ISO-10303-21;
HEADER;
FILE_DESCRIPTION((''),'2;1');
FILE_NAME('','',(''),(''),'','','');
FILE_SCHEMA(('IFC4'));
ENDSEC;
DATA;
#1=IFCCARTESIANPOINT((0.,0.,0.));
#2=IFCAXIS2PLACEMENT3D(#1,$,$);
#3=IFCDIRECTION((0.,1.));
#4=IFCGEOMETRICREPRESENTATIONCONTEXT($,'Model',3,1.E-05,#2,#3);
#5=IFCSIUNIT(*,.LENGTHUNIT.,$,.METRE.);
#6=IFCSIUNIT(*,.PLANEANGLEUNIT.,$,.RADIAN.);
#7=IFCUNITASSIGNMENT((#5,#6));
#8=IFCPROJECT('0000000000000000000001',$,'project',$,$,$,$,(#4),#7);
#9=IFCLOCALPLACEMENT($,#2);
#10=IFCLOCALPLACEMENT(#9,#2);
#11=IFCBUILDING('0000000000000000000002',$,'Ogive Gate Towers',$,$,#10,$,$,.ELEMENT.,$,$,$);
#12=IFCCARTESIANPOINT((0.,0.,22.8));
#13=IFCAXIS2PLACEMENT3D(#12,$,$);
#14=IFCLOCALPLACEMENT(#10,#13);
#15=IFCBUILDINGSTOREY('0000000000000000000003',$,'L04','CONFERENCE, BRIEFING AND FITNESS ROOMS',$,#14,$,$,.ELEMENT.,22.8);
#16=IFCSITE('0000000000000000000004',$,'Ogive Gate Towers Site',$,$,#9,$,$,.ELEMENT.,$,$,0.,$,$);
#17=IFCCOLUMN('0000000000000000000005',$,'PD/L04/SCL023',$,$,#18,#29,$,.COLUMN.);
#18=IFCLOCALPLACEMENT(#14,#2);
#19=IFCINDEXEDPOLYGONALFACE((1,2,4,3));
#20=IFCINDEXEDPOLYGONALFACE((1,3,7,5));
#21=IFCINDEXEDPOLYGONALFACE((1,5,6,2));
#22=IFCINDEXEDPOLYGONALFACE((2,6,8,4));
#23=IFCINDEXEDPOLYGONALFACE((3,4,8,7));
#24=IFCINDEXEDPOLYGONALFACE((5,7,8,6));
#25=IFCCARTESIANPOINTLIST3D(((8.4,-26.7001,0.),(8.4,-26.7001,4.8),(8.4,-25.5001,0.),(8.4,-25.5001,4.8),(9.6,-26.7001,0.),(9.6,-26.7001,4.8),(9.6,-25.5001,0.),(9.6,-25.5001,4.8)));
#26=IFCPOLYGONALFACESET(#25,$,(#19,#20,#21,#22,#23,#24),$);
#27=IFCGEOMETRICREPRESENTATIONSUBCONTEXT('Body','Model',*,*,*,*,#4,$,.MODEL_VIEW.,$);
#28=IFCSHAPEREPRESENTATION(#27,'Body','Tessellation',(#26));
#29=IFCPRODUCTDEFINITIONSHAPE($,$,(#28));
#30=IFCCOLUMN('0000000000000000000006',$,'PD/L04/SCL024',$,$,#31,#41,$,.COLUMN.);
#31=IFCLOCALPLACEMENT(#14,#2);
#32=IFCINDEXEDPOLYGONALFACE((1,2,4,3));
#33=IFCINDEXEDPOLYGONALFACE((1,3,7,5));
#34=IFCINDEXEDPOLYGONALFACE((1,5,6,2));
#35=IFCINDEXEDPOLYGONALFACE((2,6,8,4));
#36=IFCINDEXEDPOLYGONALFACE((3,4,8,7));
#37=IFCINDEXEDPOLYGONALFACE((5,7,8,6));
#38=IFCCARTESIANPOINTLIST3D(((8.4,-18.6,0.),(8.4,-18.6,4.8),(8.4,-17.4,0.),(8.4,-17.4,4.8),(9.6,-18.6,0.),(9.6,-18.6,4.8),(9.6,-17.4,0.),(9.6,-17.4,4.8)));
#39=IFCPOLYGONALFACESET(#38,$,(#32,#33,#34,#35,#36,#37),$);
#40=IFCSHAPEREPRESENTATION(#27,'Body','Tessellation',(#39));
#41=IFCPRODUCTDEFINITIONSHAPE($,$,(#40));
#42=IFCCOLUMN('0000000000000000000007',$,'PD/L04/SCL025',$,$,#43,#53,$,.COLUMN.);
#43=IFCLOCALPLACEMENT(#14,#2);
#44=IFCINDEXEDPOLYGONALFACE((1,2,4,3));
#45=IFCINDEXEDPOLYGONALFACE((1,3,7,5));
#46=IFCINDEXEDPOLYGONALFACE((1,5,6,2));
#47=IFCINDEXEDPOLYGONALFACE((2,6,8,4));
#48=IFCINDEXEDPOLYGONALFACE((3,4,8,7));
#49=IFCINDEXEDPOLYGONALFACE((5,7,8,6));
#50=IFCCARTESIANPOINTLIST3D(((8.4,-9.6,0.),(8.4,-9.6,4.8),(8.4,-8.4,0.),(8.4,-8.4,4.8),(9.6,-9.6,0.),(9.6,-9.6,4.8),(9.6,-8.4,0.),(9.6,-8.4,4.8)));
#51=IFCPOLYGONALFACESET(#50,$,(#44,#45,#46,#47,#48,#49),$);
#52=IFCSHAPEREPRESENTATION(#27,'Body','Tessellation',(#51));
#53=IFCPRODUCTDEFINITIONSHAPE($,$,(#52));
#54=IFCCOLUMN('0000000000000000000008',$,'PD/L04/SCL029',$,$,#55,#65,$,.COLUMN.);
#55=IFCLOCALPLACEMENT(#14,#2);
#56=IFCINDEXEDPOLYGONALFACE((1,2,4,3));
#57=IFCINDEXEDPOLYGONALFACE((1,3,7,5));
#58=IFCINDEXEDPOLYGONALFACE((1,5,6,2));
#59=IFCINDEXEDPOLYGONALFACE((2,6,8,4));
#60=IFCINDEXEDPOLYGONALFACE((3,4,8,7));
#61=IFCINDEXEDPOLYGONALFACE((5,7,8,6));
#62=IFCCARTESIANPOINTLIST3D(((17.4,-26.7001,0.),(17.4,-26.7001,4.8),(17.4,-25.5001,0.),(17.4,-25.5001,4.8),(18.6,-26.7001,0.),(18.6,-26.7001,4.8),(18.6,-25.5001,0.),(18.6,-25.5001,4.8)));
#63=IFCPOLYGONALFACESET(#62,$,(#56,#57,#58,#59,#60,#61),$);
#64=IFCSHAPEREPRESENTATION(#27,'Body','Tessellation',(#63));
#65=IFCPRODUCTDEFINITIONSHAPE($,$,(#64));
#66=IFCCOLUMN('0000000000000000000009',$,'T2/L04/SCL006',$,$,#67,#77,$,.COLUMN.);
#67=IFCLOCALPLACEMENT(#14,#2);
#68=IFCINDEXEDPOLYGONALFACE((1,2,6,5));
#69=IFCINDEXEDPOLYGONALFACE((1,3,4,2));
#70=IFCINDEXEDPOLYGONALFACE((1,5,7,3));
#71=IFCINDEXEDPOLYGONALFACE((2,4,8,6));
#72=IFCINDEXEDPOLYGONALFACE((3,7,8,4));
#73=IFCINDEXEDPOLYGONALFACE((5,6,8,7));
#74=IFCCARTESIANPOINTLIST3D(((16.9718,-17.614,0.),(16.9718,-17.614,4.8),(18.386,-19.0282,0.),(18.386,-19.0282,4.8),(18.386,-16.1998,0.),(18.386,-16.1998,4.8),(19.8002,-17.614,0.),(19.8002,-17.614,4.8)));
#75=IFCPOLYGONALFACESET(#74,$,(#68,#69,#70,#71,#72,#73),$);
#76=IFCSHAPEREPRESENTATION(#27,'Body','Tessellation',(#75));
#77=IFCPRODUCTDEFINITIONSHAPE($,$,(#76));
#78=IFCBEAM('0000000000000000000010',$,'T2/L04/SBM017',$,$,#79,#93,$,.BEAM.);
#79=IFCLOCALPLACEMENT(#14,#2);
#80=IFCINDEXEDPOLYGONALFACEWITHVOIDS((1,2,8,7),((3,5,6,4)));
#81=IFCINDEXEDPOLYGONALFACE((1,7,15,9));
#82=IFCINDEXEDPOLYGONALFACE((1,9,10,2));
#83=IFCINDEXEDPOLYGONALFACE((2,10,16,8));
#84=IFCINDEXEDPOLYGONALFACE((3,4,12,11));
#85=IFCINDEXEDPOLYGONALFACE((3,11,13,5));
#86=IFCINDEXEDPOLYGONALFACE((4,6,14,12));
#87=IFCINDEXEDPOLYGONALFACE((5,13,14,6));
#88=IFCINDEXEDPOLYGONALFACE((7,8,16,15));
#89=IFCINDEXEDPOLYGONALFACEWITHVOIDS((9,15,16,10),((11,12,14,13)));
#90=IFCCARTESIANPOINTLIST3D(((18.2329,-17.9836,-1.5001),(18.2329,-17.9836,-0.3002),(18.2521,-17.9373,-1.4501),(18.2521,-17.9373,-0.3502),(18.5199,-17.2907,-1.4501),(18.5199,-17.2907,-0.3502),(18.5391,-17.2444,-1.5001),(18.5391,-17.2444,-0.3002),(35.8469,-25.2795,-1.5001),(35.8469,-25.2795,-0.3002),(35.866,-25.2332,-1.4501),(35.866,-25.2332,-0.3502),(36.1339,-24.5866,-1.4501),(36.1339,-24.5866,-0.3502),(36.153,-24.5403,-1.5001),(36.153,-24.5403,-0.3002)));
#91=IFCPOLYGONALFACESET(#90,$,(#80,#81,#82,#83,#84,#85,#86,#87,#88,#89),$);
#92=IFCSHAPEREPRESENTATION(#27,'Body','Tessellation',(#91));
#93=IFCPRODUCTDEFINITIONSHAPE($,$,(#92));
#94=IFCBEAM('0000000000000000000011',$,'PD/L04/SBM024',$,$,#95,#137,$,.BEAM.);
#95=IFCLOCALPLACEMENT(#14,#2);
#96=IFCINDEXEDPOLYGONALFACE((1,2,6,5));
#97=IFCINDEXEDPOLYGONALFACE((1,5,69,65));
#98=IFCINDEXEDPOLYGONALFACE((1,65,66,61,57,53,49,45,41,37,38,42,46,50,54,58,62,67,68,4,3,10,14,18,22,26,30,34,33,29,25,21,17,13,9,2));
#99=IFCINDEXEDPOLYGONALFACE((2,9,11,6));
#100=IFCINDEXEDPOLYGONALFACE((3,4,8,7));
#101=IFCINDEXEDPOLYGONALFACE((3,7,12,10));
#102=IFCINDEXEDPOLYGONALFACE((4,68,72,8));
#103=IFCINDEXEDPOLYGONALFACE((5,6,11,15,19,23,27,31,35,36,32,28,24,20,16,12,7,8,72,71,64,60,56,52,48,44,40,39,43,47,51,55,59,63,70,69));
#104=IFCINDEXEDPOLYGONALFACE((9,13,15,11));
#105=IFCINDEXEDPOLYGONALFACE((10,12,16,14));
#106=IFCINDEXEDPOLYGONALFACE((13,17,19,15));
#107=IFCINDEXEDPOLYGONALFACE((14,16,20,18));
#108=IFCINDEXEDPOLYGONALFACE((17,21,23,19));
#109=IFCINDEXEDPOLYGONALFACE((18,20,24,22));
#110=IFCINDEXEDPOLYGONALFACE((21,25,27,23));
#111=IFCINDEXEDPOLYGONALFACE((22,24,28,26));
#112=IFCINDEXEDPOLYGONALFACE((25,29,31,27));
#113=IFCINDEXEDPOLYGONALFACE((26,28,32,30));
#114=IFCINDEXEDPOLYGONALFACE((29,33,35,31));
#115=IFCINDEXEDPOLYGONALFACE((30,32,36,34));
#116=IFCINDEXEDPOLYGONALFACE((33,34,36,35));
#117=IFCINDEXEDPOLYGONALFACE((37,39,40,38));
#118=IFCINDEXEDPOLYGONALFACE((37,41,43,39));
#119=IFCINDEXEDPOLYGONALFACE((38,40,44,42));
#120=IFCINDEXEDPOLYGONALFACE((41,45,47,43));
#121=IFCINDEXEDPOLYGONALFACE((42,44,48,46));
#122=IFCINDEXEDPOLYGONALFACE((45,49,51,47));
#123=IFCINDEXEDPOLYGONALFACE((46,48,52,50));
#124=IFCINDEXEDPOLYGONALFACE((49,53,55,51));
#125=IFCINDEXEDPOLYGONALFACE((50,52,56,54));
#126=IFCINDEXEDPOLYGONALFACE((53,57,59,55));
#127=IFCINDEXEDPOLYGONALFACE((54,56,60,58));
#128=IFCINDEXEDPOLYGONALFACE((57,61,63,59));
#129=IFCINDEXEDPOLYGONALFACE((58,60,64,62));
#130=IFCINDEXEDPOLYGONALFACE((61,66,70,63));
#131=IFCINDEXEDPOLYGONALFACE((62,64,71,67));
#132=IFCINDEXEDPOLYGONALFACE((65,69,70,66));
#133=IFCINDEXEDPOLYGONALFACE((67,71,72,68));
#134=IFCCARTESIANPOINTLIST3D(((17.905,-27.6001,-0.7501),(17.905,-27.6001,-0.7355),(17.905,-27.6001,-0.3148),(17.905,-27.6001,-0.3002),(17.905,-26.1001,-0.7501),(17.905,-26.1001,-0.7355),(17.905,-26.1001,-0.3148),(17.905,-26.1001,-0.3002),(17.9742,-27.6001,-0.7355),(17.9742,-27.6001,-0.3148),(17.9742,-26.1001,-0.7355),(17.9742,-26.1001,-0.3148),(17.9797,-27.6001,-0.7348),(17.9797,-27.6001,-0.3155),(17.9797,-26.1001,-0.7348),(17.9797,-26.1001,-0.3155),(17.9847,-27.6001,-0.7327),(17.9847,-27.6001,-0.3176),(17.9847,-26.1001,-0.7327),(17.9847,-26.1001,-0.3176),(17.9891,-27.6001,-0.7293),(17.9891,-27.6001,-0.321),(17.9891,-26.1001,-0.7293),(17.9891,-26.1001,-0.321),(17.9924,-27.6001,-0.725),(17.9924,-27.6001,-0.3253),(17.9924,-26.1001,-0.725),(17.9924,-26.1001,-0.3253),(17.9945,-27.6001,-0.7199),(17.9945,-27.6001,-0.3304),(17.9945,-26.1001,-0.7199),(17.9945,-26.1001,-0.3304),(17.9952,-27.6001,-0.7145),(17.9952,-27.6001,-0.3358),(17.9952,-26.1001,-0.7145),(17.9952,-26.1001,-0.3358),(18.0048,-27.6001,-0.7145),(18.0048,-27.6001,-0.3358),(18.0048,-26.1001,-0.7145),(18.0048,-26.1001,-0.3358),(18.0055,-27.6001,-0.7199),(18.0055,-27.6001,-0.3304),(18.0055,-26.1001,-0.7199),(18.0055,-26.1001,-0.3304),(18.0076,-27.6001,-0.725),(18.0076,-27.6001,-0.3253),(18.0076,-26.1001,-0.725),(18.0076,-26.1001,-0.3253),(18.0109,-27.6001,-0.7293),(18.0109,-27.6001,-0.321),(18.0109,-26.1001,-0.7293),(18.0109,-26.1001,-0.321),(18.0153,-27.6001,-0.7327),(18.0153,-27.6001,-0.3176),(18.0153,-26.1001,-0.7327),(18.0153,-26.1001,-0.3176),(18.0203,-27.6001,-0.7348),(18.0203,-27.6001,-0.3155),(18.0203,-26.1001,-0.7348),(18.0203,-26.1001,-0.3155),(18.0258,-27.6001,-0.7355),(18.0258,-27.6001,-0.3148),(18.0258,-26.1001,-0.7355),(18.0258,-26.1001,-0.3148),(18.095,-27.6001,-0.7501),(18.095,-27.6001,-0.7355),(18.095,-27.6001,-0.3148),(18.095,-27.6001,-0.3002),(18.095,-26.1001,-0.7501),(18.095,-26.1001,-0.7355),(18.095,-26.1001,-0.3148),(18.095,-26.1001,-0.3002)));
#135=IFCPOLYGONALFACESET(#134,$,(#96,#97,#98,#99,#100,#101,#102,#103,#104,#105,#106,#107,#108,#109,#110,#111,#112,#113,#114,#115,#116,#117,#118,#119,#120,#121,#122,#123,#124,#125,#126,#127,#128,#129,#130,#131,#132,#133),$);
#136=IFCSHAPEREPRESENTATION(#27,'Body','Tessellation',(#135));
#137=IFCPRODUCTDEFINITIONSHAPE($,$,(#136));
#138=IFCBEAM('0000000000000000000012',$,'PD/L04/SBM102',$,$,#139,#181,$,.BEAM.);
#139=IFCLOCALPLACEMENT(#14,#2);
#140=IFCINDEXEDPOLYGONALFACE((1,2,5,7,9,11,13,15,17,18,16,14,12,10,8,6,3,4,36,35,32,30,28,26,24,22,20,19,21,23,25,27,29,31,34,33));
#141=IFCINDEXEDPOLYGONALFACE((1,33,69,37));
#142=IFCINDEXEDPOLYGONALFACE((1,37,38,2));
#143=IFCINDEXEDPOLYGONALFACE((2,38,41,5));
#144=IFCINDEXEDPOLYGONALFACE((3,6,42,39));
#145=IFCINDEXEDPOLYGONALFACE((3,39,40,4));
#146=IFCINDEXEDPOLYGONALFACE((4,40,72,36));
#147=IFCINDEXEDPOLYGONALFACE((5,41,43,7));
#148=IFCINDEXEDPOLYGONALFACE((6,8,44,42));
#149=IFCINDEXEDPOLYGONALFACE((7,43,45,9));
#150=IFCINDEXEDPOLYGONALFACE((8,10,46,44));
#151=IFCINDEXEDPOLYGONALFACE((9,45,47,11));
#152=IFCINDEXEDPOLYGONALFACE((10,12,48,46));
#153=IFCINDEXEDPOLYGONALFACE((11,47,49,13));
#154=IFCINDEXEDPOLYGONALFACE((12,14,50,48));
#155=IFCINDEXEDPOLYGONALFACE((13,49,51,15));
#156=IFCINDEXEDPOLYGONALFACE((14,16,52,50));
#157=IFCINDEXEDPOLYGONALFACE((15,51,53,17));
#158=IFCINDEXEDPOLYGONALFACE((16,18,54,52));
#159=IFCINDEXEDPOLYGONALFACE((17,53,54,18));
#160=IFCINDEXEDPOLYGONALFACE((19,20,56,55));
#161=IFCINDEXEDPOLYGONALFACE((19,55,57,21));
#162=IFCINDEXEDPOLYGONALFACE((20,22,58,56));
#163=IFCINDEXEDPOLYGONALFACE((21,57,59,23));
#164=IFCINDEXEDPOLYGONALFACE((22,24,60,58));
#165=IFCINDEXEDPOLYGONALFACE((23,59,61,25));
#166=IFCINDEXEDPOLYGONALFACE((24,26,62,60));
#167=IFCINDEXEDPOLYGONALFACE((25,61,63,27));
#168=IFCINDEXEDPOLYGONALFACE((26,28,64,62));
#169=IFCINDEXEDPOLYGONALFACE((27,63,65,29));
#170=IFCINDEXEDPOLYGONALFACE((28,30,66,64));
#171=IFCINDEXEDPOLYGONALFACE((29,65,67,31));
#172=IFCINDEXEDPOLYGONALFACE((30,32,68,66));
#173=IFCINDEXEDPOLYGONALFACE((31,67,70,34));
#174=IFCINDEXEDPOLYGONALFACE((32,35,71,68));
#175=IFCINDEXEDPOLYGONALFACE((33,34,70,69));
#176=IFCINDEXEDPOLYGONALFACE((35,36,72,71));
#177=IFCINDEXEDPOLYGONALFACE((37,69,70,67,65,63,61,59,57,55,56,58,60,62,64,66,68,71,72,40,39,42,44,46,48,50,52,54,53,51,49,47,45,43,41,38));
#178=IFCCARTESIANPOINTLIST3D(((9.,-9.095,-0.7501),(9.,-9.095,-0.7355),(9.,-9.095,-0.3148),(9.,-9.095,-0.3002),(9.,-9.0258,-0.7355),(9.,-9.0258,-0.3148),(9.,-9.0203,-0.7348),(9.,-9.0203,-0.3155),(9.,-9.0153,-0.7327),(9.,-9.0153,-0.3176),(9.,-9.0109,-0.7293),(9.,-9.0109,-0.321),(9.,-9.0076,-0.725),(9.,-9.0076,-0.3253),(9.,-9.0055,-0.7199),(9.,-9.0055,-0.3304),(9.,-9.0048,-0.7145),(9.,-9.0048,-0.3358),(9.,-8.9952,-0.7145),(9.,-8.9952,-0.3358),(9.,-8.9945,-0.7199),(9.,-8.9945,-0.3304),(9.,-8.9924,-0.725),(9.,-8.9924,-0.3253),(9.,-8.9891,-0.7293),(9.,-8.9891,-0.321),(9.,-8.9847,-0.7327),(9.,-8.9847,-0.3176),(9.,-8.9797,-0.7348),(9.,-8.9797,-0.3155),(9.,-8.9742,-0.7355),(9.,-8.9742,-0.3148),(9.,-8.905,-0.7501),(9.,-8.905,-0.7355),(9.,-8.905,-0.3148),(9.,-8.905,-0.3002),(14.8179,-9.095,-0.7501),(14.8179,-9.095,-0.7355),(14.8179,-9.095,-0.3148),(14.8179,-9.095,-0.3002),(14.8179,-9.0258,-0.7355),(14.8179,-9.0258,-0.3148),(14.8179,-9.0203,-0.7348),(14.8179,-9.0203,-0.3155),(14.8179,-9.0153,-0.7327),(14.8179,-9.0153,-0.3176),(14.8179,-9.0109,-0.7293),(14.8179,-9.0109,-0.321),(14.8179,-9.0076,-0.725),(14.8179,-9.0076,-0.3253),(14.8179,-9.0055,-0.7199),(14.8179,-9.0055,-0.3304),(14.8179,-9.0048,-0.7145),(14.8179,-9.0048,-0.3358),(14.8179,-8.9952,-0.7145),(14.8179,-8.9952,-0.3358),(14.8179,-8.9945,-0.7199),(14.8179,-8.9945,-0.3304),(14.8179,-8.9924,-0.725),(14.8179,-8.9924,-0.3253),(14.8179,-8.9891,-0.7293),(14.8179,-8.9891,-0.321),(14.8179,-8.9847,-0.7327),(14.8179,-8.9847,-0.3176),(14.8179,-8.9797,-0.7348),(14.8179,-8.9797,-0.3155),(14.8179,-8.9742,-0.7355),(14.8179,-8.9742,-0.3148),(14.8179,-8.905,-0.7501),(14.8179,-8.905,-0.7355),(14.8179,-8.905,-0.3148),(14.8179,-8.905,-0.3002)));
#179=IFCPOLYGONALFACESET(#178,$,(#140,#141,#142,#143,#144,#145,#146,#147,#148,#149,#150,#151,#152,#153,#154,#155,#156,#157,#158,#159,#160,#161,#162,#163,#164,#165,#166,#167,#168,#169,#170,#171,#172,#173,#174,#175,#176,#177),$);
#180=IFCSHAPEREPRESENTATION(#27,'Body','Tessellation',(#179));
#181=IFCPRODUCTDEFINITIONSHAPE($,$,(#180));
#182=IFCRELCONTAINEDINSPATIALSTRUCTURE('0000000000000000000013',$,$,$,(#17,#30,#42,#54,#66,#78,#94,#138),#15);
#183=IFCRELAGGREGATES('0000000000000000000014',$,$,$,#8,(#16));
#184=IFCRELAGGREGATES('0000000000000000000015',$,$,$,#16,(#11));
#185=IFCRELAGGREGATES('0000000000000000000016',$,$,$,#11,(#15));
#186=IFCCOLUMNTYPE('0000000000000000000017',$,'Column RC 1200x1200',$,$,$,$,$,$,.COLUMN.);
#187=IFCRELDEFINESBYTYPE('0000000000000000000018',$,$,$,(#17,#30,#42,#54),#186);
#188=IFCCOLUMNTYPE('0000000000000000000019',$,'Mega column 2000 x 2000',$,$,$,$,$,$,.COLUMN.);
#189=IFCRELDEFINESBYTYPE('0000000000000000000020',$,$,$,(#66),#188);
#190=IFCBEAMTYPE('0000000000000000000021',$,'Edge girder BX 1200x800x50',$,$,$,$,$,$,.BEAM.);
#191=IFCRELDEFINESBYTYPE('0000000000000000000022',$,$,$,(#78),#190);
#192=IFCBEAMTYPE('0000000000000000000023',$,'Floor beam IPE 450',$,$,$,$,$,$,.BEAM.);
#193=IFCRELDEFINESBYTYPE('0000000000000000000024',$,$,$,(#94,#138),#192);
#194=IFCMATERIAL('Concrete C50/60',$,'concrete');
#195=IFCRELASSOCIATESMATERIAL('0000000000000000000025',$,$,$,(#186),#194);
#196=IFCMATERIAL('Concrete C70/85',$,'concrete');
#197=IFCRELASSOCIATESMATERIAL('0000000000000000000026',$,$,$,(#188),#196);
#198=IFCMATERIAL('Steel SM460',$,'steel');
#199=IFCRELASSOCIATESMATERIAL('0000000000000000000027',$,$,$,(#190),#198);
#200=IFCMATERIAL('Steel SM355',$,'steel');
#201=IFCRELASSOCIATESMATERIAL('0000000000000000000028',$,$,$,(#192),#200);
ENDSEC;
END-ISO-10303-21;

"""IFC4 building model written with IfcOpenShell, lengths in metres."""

from ifc_helpers import new_model, si_unit, direction, frame, origin, origin_2d, place, context, subcontext, project, spatial, rectangle, hollow_rectangle, i_section, extrude, material, material_profile, profile_set, type_object, element, save


model = new_model("IFC4")

# Units and contexts
model_context = context("Model", 3, precision=1e-05, world=origin(), true_north=direction((0.0, 1.0)))
body_context = subcontext(model_context, "Body", "Model", "MODEL_VIEW")
ifc_project = project(units=[si_unit("LENGTHUNIT", "METRE"), si_unit("PLANEANGLEUNIT", "RADIAN")], contexts=[model_context])

# Site, building, storey
site_placement = place(None, origin())
site = spatial("IfcSite", under=ifc_project, at=site_placement, Name="Ogive Gate Towers Site", CompositionType="ELEMENT", RefElevation=0.0)
building_placement = place(site_placement, origin())
building = spatial("IfcBuilding", under=site, at=building_placement, Name="Ogive Gate Towers", CompositionType="ELEMENT")
storey_placement = place(building_placement, frame((0.0, 0.0, 22.8)))
storey = spatial("IfcBuildingStorey", under=building, at=storey_placement, Name="L04", Description="CONFERENCE, BRIEFING AND FITNESS ROOMS", CompositionType="ELEMENT", Elevation=22.8)

# Columns
ifc_material_1 = material(Name="Concrete C50/60", Category="concrete")
ifc_material_profile_1 = material_profile(ifc_material_1, rectangle(XDim=1.2, YDim=1.2, at=origin_2d()), Name="RC 1200x1200")
ifc_profile_set_1 = profile_set([ifc_material_profile_1], Name="Concrete C50/60")
column_type_1 = type_object("IfcColumnType", Name="Column RC 1200x1200", PredefinedType="COLUMN", material=ifc_profile_set_1)
for number, where, z_axis, x_axis, name in (
    (1, (9.0, -26.1001, 0.0), (0.0, 0.0, 1.0), (1.0, 0.0, 0.0), "PD/L04/SCL023"),
    (2, (9.0, -18.0, 0.0), (0.0, 0.0, 1.0), (1.0, 0.0, 0.0), "PD/L04/SCL024"),
    (3, (9.0, -9.0, 0.0), (0.0, 0.0, 1.0), (1.0, 0.0, 0.0), "PD/L04/SCL025"),
    (4, (18.0, -26.1001, 0.0), (0.0, 0.0, 1.0), (1.0, 0.0, 0.0), "PD/L04/SCL029"),
):
    element("IfcColumn", number, at=place(storey_placement, frame(where, z_axis=z_axis, x_axis=x_axis)), inside=storey, type_object=column_type_1, Name=name, PredefinedType="COLUMN", context=body_context, shape_type="SweptSolid", body=[
        extrude(rectangle(XDim=1.2, YDim=1.2, at=origin_2d()), origin(), (0.0, 0.0, 1.0), 4.8),
    ])
ifc_material_2 = material(Name="Concrete C70/85", Category="concrete")
ifc_material_profile_2 = material_profile(ifc_material_2, rectangle(XDim=2.0, YDim=2.0, at=origin_2d()), Name="RC 2000x2000")
ifc_profile_set_2 = profile_set([ifc_material_profile_2], Name="Concrete C70/85")
column_type_2 = type_object("IfcColumnType", Name="Mega column 2000 x 2000", PredefinedType="COLUMN", material=ifc_profile_set_2)
column_placement = place(storey_placement, frame((18.386, -17.614, 0.0), z_axis=(0.0, 0.0, 1.0), x_axis=(-0.707107, -0.707107, 0.0)))
element("IfcColumn", 5, at=column_placement, inside=storey, type_object=column_type_2, Name="T2/L04/SCL006", PredefinedType="COLUMN", context=body_context, shape_type="SweptSolid", body=[
    extrude(rectangle(XDim=2.0, YDim=2.0, at=origin_2d()), origin(), (0.0, 0.0, 1.0), 4.8),
])

# Beams
ifc_material_3 = material(Name="Steel SM460", Category="steel")
ifc_material_profile_3 = material_profile(ifc_material_3, hollow_rectangle(XDim=0.8, YDim=1.2, WallThickness=0.05, at=origin_2d()), Name="BX 1200x800x50")
ifc_profile_set_3 = profile_set([ifc_material_profile_3], Name="Steel SM460")
beam_type_1 = type_object("IfcBeamType", Name="Edge girder BX 1200x800x50", PredefinedType="BEAM", material=ifc_profile_set_3)
beam_1_placement = place(storey_placement, frame((18.386, -17.614, -0.9001), z_axis=(0.923881, -0.382681, 0.0), x_axis=(0.382681, 0.923881, 0.0)))
element("IfcBeam", 6, at=beam_1_placement, inside=storey, type_object=beam_type_1, Name="T2/L04/SBM017", PredefinedType="BEAM", context=body_context, shape_type="SweptSolid", body=[
    extrude(hollow_rectangle(XDim=0.8, YDim=1.2, WallThickness=0.05, at=origin_2d()), origin(), (0.0, 0.0, 1.0), 19.0652),
])
ifc_material_4 = material(Name="Steel SM355", Category="steel")
ifc_material_profile_4 = material_profile(ifc_material_4, i_section(OverallWidth=0.1899, OverallDepth=0.45, WebThickness=0.0095, FlangeThickness=0.0146, FilletRadius=0.021, at=origin_2d()), Name="IPE 450")
ifc_profile_set_4 = profile_set([ifc_material_profile_4], Name="Steel SM355")
beam_type_2 = type_object("IfcBeamType", Name="Floor beam IPE 450", PredefinedType="BEAM", material=ifc_profile_set_4)
beam_2_placement = place(storey_placement, frame((18.0, -27.6001, -0.5251), z_axis=(0.0, 1.0, 0.0), x_axis=(-1.0, 0.0, 0.0)))
element("IfcBeam", 7, at=beam_2_placement, inside=storey, type_object=beam_type_2, Name="PD/L04/SBM024", PredefinedType="BEAM", context=body_context, shape_type="SweptSolid", body=[
    extrude(i_section(OverallWidth=0.1899, OverallDepth=0.45, WebThickness=0.0095, FlangeThickness=0.0146, FilletRadius=0.021, at=origin_2d()), origin(), (0.0, 0.0, 1.0), 1.5),
])
beam_3_placement = place(storey_placement, frame((9.0, -9.0, -0.5251), z_axis=(1.0, 0.0, 0.0), x_axis=(0.0, 1.0, 0.0)))
element("IfcBeam", 8, at=beam_3_placement, inside=storey, type_object=beam_type_2, Name="PD/L04/SBM102", PredefinedType="BEAM", context=body_context, shape_type="SweptSolid", body=[
    extrude(i_section(OverallWidth=0.1899, OverallDepth=0.45, WebThickness=0.0095, FlangeThickness=0.0146, FilletRadius=0.021, at=origin_2d()), origin(), (0.0, 0.0, 1.0), 5.8179),
])

save(model, "model.ifc")
